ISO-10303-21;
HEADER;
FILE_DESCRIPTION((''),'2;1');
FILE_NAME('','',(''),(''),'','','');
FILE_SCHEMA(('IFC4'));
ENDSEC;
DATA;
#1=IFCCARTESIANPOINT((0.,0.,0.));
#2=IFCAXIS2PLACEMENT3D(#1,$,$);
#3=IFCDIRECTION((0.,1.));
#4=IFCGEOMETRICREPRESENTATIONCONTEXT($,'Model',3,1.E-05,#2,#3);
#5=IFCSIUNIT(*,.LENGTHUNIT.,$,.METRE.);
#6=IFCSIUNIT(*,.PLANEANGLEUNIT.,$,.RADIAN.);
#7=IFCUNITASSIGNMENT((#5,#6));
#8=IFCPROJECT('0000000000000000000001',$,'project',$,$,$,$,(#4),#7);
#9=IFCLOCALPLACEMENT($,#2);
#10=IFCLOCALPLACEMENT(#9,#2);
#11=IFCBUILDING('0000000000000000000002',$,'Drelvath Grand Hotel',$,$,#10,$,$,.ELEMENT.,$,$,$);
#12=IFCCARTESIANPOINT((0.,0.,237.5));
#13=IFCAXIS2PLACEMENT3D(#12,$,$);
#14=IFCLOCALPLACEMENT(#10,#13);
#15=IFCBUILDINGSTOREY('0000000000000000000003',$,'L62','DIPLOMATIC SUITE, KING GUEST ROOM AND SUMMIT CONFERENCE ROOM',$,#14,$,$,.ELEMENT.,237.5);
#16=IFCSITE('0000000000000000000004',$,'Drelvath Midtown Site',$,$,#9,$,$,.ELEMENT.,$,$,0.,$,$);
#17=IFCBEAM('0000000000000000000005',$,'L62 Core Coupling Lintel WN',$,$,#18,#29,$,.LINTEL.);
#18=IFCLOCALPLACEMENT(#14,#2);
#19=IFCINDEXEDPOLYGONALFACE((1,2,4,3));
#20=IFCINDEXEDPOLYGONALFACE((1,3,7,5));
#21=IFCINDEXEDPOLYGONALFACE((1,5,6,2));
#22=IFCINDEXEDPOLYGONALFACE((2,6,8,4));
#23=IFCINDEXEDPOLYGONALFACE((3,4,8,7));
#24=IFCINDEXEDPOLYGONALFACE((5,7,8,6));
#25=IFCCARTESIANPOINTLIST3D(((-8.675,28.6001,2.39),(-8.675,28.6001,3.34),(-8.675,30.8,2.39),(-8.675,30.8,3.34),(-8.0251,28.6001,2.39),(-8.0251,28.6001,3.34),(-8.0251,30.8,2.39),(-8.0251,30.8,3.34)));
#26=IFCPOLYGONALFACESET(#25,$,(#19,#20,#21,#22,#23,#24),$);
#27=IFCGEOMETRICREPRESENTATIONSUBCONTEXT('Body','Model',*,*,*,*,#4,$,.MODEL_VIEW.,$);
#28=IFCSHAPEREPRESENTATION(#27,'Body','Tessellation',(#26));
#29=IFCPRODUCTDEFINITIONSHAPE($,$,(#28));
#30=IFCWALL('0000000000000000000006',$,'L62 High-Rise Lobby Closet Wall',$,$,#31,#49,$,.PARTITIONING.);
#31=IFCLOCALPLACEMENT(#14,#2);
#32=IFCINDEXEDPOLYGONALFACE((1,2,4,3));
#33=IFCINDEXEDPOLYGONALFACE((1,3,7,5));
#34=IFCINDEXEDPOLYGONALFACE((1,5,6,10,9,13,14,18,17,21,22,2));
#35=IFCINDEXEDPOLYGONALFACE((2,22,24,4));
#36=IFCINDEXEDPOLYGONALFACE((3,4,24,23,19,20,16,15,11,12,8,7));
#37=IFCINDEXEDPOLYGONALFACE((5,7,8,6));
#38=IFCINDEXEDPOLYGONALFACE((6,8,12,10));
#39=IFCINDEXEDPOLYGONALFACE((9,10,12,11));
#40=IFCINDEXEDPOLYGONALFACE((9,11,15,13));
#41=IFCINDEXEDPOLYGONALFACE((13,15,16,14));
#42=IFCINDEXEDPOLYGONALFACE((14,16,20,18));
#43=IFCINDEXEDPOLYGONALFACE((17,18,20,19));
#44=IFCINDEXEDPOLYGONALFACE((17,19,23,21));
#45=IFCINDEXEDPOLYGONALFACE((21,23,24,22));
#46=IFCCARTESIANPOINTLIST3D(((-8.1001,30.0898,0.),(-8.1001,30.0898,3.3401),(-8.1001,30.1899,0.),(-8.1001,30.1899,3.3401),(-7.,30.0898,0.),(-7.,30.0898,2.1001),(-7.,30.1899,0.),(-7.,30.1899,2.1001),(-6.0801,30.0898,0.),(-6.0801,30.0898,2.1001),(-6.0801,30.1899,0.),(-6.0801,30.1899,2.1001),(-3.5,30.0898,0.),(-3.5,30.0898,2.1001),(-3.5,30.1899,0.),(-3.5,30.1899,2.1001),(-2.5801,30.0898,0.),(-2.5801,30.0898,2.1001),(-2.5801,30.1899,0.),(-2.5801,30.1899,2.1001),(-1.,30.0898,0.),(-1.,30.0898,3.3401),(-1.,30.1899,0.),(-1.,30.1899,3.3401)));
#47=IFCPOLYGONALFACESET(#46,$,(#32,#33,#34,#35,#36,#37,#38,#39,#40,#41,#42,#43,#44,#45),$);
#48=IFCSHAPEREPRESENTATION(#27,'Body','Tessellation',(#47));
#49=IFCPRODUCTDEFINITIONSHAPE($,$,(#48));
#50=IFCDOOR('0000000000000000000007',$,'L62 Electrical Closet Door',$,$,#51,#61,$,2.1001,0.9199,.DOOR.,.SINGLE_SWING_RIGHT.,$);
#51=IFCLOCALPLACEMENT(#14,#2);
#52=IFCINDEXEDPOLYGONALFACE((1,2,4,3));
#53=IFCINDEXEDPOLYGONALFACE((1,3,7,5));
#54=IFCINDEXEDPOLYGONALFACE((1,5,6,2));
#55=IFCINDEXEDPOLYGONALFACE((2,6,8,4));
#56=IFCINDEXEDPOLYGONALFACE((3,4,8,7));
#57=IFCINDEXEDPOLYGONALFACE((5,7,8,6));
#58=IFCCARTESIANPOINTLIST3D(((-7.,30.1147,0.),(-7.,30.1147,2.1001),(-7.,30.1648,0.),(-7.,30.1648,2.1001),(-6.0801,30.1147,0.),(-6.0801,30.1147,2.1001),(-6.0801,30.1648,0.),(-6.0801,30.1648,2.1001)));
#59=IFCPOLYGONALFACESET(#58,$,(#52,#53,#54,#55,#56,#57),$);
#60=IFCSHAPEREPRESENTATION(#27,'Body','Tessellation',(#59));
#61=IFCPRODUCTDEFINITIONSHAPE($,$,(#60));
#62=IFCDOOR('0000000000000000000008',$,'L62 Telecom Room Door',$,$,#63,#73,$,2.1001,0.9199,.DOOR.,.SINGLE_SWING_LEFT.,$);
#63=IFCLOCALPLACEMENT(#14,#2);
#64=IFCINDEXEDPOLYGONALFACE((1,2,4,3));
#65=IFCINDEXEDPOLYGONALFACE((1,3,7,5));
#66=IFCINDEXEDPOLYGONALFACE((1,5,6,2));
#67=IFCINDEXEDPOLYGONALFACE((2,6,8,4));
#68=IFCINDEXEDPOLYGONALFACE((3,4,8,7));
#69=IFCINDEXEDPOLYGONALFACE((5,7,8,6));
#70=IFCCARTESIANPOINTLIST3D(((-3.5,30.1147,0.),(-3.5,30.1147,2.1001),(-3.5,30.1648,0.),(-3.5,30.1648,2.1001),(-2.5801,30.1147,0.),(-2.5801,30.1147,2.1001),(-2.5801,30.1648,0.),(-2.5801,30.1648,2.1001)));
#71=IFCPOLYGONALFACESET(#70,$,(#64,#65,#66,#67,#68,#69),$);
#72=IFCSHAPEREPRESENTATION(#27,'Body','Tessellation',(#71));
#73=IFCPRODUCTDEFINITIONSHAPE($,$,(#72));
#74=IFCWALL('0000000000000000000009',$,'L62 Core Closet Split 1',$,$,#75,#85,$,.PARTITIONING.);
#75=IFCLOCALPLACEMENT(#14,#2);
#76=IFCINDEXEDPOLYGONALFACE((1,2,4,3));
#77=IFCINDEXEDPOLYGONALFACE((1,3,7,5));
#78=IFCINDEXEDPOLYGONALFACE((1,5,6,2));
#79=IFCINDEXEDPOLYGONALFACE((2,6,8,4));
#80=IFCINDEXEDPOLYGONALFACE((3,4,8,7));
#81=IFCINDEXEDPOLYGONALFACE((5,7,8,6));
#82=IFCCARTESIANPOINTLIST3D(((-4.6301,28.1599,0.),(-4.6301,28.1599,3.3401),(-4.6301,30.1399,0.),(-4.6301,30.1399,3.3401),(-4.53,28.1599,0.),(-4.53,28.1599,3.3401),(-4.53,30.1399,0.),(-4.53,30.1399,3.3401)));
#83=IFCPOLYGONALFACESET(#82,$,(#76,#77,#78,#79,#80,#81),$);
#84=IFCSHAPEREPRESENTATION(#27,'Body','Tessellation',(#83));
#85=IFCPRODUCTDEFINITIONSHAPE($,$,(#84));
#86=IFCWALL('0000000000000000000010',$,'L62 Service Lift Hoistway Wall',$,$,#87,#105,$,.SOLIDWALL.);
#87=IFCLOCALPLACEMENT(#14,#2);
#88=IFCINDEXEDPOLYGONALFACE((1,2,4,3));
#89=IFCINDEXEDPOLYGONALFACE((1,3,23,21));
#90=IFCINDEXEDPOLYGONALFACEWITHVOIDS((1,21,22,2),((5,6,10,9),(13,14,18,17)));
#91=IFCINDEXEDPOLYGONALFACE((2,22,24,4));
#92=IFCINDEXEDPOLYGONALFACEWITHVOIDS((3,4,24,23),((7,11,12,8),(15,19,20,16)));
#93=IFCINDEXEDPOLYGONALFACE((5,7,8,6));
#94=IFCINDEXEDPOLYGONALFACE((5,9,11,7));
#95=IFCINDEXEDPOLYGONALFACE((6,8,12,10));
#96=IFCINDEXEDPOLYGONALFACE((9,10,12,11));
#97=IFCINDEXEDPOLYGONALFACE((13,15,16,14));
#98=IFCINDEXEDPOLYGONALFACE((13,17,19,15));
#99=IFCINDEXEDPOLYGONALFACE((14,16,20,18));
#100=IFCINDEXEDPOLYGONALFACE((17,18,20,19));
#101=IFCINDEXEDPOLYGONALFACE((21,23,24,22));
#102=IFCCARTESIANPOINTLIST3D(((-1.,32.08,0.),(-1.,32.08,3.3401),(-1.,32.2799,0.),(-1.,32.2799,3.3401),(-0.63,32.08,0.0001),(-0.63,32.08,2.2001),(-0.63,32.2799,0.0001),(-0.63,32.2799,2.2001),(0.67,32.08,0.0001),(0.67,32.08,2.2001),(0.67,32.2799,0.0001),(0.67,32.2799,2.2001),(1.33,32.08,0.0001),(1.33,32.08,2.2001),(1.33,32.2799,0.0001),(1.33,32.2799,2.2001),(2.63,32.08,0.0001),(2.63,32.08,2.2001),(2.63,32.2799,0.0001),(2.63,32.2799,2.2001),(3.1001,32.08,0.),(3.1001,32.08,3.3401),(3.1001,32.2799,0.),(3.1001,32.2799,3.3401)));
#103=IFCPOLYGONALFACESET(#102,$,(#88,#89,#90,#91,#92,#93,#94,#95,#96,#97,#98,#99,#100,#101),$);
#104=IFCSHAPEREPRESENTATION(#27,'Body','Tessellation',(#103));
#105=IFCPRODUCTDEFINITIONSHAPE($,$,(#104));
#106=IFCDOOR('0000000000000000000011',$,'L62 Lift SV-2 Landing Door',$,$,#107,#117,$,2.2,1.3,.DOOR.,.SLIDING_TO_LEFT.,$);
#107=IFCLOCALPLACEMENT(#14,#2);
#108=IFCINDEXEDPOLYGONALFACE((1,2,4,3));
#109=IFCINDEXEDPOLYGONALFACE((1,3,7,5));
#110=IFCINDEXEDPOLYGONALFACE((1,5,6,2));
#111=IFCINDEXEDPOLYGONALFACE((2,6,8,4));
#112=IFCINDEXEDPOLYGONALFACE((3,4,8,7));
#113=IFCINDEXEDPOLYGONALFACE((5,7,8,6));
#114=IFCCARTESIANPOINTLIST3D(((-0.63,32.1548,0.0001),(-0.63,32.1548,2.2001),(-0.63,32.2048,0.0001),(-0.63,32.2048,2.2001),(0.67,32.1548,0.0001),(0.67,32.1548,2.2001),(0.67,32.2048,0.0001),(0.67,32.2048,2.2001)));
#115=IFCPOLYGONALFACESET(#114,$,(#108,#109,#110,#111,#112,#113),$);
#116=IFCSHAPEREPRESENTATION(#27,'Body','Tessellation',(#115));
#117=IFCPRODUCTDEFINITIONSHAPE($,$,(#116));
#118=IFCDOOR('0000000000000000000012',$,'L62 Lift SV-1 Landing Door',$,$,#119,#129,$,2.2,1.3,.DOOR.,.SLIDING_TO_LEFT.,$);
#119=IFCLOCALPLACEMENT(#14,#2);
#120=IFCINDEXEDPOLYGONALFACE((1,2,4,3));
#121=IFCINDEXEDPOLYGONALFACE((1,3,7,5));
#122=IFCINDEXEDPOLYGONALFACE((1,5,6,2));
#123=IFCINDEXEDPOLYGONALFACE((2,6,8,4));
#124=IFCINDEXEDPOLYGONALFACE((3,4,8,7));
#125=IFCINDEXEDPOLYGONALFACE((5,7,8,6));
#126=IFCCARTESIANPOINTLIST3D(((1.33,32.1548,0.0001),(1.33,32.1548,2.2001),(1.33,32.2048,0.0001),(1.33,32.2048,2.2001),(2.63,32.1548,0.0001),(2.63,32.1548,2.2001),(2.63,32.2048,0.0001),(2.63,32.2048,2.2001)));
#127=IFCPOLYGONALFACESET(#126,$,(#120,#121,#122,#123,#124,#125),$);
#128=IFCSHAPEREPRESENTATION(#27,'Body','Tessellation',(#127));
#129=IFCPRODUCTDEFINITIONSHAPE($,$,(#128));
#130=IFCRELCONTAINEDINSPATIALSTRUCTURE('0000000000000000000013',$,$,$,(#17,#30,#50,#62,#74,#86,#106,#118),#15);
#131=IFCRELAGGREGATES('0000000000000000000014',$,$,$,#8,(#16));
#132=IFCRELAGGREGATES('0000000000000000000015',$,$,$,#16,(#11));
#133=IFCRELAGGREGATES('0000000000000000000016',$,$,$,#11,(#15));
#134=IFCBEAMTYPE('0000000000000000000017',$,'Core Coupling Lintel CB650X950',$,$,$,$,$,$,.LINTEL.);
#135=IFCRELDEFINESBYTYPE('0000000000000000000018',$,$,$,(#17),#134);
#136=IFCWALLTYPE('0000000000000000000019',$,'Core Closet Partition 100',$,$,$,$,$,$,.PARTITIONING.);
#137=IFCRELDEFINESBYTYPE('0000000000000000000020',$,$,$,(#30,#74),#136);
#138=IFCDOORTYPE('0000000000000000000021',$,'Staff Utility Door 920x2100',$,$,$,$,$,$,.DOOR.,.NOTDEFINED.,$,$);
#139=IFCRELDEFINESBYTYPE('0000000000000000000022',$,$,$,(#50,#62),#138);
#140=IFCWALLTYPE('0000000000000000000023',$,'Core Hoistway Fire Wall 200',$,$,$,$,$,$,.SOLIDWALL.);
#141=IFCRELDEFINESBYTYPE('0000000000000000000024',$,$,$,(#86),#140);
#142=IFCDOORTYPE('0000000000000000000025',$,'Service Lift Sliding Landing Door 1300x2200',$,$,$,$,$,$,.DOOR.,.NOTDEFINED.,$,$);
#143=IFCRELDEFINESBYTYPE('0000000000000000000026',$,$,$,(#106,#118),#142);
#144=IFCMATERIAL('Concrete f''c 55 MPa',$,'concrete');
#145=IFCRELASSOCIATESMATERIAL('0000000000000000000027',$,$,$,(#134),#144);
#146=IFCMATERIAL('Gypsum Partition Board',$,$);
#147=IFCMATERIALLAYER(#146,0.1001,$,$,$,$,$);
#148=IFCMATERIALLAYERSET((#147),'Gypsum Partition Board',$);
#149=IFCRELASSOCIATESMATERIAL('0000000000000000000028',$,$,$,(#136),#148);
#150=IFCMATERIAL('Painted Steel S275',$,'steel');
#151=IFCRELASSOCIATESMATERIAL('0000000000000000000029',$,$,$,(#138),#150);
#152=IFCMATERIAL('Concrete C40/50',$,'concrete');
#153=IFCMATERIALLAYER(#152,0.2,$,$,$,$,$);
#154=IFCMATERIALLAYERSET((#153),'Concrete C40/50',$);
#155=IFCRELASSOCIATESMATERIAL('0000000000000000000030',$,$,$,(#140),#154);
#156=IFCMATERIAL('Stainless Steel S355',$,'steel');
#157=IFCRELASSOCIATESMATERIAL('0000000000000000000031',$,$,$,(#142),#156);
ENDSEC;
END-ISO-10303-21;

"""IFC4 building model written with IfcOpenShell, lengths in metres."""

from ifc_helpers import new_model, si_unit, direction, frame, frame_2d, origin, origin_2d, place, context, subcontext, project, spatial, rectangle, extrude, material, layer, layer_set, material_profile, profile_set, type_object, element, fill, save


model = new_model("IFC4")

# Units and contexts
model_context = context("Model", 3, precision=1e-05, world=origin(), true_north=direction((0.0, 1.0)))
body_context = subcontext(model_context, "Body", "Model", "MODEL_VIEW")
ifc_project = project(units=[si_unit("LENGTHUNIT", "METRE"), si_unit("PLANEANGLEUNIT", "RADIAN")], contexts=[model_context])

# Site, building, storey
site_placement = place(None, origin())
site = spatial("IfcSite", under=ifc_project, at=site_placement, Name="Drelvath Midtown Site", CompositionType="ELEMENT", RefElevation=0.0)
building_placement = place(site_placement, origin())
building = spatial("IfcBuilding", under=site, at=building_placement, Name="Drelvath Grand Hotel", CompositionType="ELEMENT")
storey_placement = place(building_placement, frame((0.0, 0.0, 237.5)))
storey = spatial("IfcBuildingStorey", under=building, at=storey_placement, Name="L62", Description="DIPLOMATIC SUITE, KING GUEST ROOM AND SUMMIT CONFERENCE ROOM", CompositionType="ELEMENT", Elevation=237.5)

# Beam
ifc_material_1 = material(Name="Concrete f'c 55 MPa", Category="concrete")
ifc_material_profile = material_profile(ifc_material_1, rectangle(XDim=0.6499, YDim=0.95, at=origin_2d()), Name="CB650X950")
ifc_profile_set = profile_set([ifc_material_profile], Name="Concrete f'c 55 MPa")
beam_type = type_object("IfcBeamType", Name="Core Coupling Lintel CB650X950", PredefinedType="LINTEL", material=ifc_profile_set)
beam_placement = place(storey_placement, frame((-8.3501, 28.6001, 2.865), z_axis=(0.0, 1.0, 0.0), x_axis=(-1.0, 0.0, 0.0)))
element("IfcBeam", 1, at=beam_placement, inside=storey, type_object=beam_type, Name="L62 Core Coupling Lintel WN", PredefinedType="LINTEL", context=body_context, shape_type="SweptSolid", body=[
    extrude(rectangle(XDim=0.6499, YDim=0.95, at=origin_2d()), origin(), (0.0, 0.0, 1.0), 2.2),
])

# Wall, openings, doors
ifc_material_2 = material(Name="Gypsum Partition Board")
ifc_layer_1 = layer(ifc_material_2, 0.1001)
ifc_layer_set_1 = layer_set([ifc_layer_1], Name="Gypsum Partition Board")
wall_type_1 = type_object("IfcWallType", Name="Core Closet Partition 100", PredefinedType="PARTITIONING", material=ifc_layer_set_1)
wall_1_placement = place(storey_placement, frame((-8.1001, 30.1399, 0.0), z_axis=(0.0, 0.0, 1.0), x_axis=(1.0, 0.0, 0.0)))
wall_1 = element("IfcWall", 2, at=wall_1_placement, inside=storey, type_object=wall_type_1, Name="L62 High-Rise Lobby Closet Wall", PredefinedType="PARTITIONING", context=body_context, shape_type="SweptSolid", body=[
    extrude(rectangle(XDim=7.1001, YDim=0.1001, at=frame_2d((3.55, 0.0))), origin(), (0.0, 0.0, 1.0), 3.3401),
])
opening_1_placement = place(wall_1_placement, frame((1.1001, 0.0, 0.0)))
opening_1 = element("IfcOpeningElement", 3, at=opening_1_placement, cuts=wall_1, PredefinedType="OPENING", context=body_context, shape_type="SweptSolid", body=[
    extrude(rectangle(XDim=0.9199, YDim=2.1001, at=frame_2d((0.46, 1.05))), frame((0.0, 0.0601, 0.0), z_axis=(0.0, -1.0, 0.0), x_axis=(1.0, 0.0, 0.0)), (0.0, 0.0, 1.0), 0.1201),
])
opening_2_placement = place(wall_1_placement, frame((4.6001, 0.0, 0.0)))
opening_2 = element("IfcOpeningElement", 4, at=opening_2_placement, cuts=wall_1, PredefinedType="OPENING", context=body_context, shape_type="SweptSolid", body=[
    extrude(rectangle(XDim=0.9199, YDim=2.1001, at=frame_2d((0.46, 1.05))), frame((0.0, 0.0601, 0.0), z_axis=(0.0, -1.0, 0.0), x_axis=(1.0, 0.0, 0.0)), (0.0, 0.0, 1.0), 0.1201),
])
ifc_material_3 = material(Name="Painted Steel S275", Category="steel")
door_type_1 = type_object("IfcDoorType", Name="Staff Utility Door 920x2100", OperationType="NOTDEFINED", PredefinedType="DOOR", material=ifc_material_3)
door_1_placement = place(opening_1_placement, origin())
door_1 = element("IfcDoor", 5, at=door_1_placement, inside=storey, type_object=door_type_1, Name="L62 Electrical Closet Door", OperationType="SINGLE_SWING_RIGHT", OverallHeight=2.1001, OverallWidth=0.9199, PredefinedType="DOOR", context=body_context, shape_type="SweptSolid", body=[
    extrude(rectangle(XDim=0.9199, YDim=2.1001, at=frame_2d((0.46, 1.05))), frame((0.0, 0.0249, 0.0), z_axis=(0.0, -1.0, 0.0), x_axis=(1.0, 0.0, 0.0)), (0.0, 0.0, 1.0), 0.05),
])
fill(opening_1, door_1)
door_2_placement = place(opening_2_placement, origin())
door_2 = element("IfcDoor", 6, at=door_2_placement, inside=storey, type_object=door_type_1, Name="L62 Telecom Room Door", OperationType="SINGLE_SWING_LEFT", OverallHeight=2.1001, OverallWidth=0.9199, PredefinedType="DOOR", context=body_context, shape_type="SweptSolid", body=[
    extrude(rectangle(XDim=0.9199, YDim=2.1001, at=frame_2d((0.46, 1.05))), frame((0.0, 0.0249, 0.0), z_axis=(0.0, -1.0, 0.0), x_axis=(1.0, 0.0, 0.0)), (0.0, 0.0, 1.0), 0.05),
])
fill(opening_2, door_2)

# Wall
wall_2_placement = place(storey_placement, frame((-4.5801, 28.1599, 0.0), z_axis=(0.0, 0.0, 1.0), x_axis=(0.0, 1.0, 0.0)))
element("IfcWall", 7, at=wall_2_placement, inside=storey, type_object=wall_type_1, Name="L62 Core Closet Split 1", PredefinedType="PARTITIONING", context=body_context, shape_type="SweptSolid", body=[
    extrude(rectangle(XDim=1.98, YDim=0.1001, at=frame_2d((0.99, 0.0))), origin(), (0.0, 0.0, 1.0), 3.3401),
])

# Wall, openings, doors
ifc_material_4 = material(Name="Concrete C40/50", Category="concrete")
ifc_layer_2 = layer(ifc_material_4, 0.2)
ifc_layer_set_2 = layer_set([ifc_layer_2], Name="Concrete C40/50")
wall_type_2 = type_object("IfcWallType", Name="Core Hoistway Fire Wall 200", PredefinedType="SOLIDWALL", material=ifc_layer_set_2)
wall_3_placement = place(storey_placement, frame((-1.0, 32.1799, 0.0), z_axis=(0.0, 0.0, 1.0), x_axis=(1.0, 0.0, 0.0)))
wall_3 = element("IfcWall", 8, at=wall_3_placement, inside=storey, type_object=wall_type_2, Name="L62 Service Lift Hoistway Wall", PredefinedType="SOLIDWALL", context=body_context, shape_type="SweptSolid", body=[
    extrude(rectangle(XDim=4.1001, YDim=0.2, at=frame_2d((2.05, 0.0))), origin(), (0.0, 0.0, 1.0), 3.3401),
])
opening_3_placement = place(wall_3_placement, frame((0.3701, 0.0, 0.0)))
opening_3 = element("IfcOpeningElement", 9, at=opening_3_placement, cuts=wall_3, PredefinedType="OPENING", context=body_context, shape_type="SweptSolid", body=[
    extrude(rectangle(XDim=1.3, YDim=2.2, at=frame_2d((0.6499, 1.1001))), frame((0.0, 0.1099, 0.0), z_axis=(0.0, -1.0, 0.0), x_axis=(1.0, 0.0, 0.0)), (0.0, 0.0, 1.0), 0.22),
])
opening_4_placement = place(wall_3_placement, frame((2.3301, 0.0, 0.0)))
opening_4 = element("IfcOpeningElement", 10, at=opening_4_placement, cuts=wall_3, PredefinedType="OPENING", context=body_context, shape_type="SweptSolid", body=[
    extrude(rectangle(XDim=1.3, YDim=2.2, at=frame_2d((0.6499, 1.1001))), frame((0.0, 0.1099, 0.0), z_axis=(0.0, -1.0, 0.0), x_axis=(1.0, 0.0, 0.0)), (0.0, 0.0, 1.0), 0.22),
])
ifc_material_5 = material(Name="Stainless Steel S355", Category="steel")
door_type_2 = type_object("IfcDoorType", Name="Service Lift Sliding Landing Door 1300x2200", OperationType="NOTDEFINED", PredefinedType="DOOR", material=ifc_material_5)
door_3_placement = place(opening_3_placement, origin())
door_3 = element("IfcDoor", 11, at=door_3_placement, inside=storey, type_object=door_type_2, Name="L62 Lift SV-2 Landing Door", OperationType="SLIDING_TO_LEFT", OverallHeight=2.2, OverallWidth=1.3, PredefinedType="DOOR", context=body_context, shape_type="SweptSolid", body=[
    extrude(rectangle(XDim=1.3, YDim=2.2, at=frame_2d((0.6499, 1.1001))), frame((0.0, 0.0249, 0.0), z_axis=(0.0, -1.0, 0.0), x_axis=(1.0, 0.0, 0.0)), (0.0, 0.0, 1.0), 0.05),
])
fill(opening_3, door_3)
door_4_placement = place(opening_4_placement, origin())
door_4 = element("IfcDoor", 12, at=door_4_placement, inside=storey, type_object=door_type_2, Name="L62 Lift SV-1 Landing Door", OperationType="SLIDING_TO_LEFT", OverallHeight=2.2, OverallWidth=1.3, PredefinedType="DOOR", context=body_context, shape_type="SweptSolid", body=[
    extrude(rectangle(XDim=1.3, YDim=2.2, at=frame_2d((0.6499, 1.1001))), frame((0.0, 0.0249, 0.0), z_axis=(0.0, -1.0, 0.0), x_axis=(1.0, 0.0, 0.0)), (0.0, 0.0, 1.0), 0.05),
])
fill(opening_4, door_4)

save(model, "model.ifc")
